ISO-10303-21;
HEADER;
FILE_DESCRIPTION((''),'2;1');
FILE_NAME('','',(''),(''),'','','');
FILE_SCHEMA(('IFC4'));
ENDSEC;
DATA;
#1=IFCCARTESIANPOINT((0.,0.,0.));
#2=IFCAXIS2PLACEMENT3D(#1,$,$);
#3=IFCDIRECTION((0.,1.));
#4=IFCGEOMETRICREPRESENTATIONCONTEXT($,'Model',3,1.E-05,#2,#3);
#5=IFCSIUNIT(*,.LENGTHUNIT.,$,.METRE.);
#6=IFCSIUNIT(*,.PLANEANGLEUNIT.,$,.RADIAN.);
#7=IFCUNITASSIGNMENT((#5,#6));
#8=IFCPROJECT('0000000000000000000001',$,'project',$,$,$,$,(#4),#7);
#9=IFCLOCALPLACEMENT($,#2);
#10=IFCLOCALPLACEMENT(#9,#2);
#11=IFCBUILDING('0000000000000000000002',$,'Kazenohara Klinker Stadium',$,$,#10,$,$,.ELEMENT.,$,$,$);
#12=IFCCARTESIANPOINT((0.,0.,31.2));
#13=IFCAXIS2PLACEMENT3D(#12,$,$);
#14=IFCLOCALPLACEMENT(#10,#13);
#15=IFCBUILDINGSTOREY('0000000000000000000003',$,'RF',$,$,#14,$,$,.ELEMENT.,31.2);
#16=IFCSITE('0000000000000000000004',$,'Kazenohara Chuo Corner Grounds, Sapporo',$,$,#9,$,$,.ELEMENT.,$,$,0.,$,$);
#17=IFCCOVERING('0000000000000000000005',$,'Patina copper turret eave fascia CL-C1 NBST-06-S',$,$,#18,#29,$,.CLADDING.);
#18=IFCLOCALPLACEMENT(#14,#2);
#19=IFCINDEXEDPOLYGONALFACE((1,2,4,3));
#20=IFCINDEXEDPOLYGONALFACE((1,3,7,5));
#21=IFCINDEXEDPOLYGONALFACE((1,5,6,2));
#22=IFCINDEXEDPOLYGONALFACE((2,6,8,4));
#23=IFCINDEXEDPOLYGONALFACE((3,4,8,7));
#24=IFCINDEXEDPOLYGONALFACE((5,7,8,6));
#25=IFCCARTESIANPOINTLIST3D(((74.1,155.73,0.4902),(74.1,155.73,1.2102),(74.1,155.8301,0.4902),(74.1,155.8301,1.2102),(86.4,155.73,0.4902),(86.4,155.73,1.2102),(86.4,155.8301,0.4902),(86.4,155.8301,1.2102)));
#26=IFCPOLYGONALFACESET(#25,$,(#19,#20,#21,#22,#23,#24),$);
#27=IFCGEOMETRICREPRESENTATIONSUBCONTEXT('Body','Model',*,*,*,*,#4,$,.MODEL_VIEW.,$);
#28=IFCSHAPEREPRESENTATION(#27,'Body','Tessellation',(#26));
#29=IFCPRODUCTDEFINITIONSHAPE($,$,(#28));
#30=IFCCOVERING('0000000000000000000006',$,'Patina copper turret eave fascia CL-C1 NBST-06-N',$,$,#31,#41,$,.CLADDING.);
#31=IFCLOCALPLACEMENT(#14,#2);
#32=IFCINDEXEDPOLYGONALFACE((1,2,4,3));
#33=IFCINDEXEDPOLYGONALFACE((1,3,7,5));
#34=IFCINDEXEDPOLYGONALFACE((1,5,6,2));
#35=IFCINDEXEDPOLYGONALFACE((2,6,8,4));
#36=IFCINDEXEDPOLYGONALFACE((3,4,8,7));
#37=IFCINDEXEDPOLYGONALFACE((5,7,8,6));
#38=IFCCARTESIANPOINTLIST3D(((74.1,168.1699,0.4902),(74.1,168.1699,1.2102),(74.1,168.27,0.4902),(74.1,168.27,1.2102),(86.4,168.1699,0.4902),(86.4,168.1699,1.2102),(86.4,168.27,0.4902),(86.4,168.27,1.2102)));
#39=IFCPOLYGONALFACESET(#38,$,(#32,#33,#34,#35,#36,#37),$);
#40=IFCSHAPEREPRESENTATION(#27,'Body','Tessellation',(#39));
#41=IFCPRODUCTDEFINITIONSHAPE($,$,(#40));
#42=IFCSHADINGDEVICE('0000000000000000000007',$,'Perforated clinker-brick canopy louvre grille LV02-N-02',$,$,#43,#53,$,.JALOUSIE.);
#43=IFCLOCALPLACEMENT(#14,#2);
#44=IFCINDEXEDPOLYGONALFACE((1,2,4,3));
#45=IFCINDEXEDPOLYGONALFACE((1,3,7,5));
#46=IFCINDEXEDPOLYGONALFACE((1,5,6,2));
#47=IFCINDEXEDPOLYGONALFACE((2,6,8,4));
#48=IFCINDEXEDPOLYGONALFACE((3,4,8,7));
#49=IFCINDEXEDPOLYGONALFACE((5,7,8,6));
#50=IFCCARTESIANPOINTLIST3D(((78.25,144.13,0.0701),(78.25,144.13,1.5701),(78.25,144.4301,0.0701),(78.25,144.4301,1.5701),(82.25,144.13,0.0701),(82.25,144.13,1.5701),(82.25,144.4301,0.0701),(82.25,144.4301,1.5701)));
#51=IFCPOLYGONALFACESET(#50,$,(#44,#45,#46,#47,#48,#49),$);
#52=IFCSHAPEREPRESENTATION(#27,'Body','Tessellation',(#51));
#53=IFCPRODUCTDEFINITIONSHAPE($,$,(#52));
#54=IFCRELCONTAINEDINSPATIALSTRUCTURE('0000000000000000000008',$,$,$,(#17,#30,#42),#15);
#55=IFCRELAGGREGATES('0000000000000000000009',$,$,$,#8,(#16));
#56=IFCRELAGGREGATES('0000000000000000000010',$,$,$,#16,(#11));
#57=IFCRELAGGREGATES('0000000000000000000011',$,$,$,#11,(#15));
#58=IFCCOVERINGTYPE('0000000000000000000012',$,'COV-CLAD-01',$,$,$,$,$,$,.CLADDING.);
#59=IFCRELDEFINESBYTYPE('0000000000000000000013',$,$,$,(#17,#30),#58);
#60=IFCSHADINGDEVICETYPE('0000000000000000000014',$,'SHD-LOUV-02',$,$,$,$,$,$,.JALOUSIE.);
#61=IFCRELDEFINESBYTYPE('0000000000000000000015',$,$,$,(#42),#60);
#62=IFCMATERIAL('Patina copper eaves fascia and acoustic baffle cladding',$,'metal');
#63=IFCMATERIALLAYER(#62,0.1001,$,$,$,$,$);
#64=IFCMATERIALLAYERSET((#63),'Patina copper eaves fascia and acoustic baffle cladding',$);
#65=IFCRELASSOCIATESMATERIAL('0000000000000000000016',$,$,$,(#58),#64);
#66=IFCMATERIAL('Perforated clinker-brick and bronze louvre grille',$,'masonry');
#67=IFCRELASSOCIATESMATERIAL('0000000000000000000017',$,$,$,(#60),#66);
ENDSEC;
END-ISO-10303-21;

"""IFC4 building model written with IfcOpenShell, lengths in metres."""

from ifc_helpers import new_model, si_unit, direction, frame, origin, origin_2d, place, context, subcontext, project, spatial, rectangle, extrude, material, layer, layer_set, type_object, element, save


model = new_model("IFC4")

# Units and contexts
model_context = context("Model", 3, precision=1e-05, world=origin(), true_north=direction((0.0, 1.0)))
body_context = subcontext(model_context, "Body", "Model", "MODEL_VIEW")
ifc_project = project(units=[si_unit("LENGTHUNIT", "METRE"), si_unit("PLANEANGLEUNIT", "RADIAN")], contexts=[model_context])

# Site, building, storey
site_placement = place(None, origin())
site = spatial("IfcSite", under=ifc_project, at=site_placement, Name="Kazenohara Chuo Corner Grounds, Sapporo", CompositionType="ELEMENT", RefElevation=0.0)
building_placement = place(site_placement, origin())
building = spatial("IfcBuilding", under=site, at=building_placement, Name="Kazenohara Klinker Stadium", CompositionType="ELEMENT")
storey_placement = place(building_placement, frame((0.0, 0.0, 31.2)))
storey = spatial("IfcBuildingStorey", under=building, at=storey_placement, Name="RF", CompositionType="ELEMENT", Elevation=31.2)

# Coverings
ifc_material_1 = material(Name="Patina copper eaves fascia and acoustic baffle cladding", Category="metal")
ifc_layer_1 = layer(ifc_material_1, 0.1001)
ifc_layer_set_1 = layer_set([ifc_layer_1], Name="Patina copper eaves fascia and acoustic baffle cladding")
covering_type = type_object("IfcCoveringType", Name="COV-CLAD-01", PredefinedType="CLADDING", material=ifc_layer_set_1)
for number, where, z_axis, x_axis, name in (
    (1, (80.25, 155.78, 0.4902), (0.0, 0.0, 1.0), (1.0, 0.0, 0.0), "Patina copper turret eave fascia CL-C1 NBST-06-S"),
    (2, (80.25, 168.22, 0.4902), (0.0, 0.0, 1.0), (1.0, 0.0, 0.0), "Patina copper turret eave fascia CL-C1 NBST-06-N"),
):
    element("IfcCovering", number, at=place(storey_placement, frame(where, z_axis=z_axis, x_axis=x_axis)), inside=storey, type_object=covering_type, Name=name, PredefinedType="CLADDING", context=body_context, shape_type="SweptSolid", body=[
        extrude(rectangle(XDim=12.3, YDim=0.1001, at=origin_2d()), origin(), (0.0, 0.0, 1.0), 0.72),
    ])

# Shading device
ifc_material_2 = material(Name="Perforated clinker-brick and bronze louvre grille", Category="masonry")
shading_device_type = type_object("IfcShadingDeviceType", Name="SHD-LOUV-02", PredefinedType="JALOUSIE", material=ifc_material_2)
shading_device_placement = place(storey_placement, frame((80.25, 144.28, 0.0701), z_axis=(0.0, 0.0, 1.0), x_axis=(1.0, 0.0, 0.0)))
element("IfcShadingDevice", 3, at=shading_device_placement, inside=storey, type_object=shading_device_type, Name="Perforated clinker-brick canopy louvre grille LV02-N-02", PredefinedType="JALOUSIE", context=body_context, shape_type="SweptSolid", body=[
    extrude(rectangle(XDim=4.0, YDim=0.3, at=origin_2d()), origin(), (0.0, 0.0, 1.0), 1.5),
])

save(model, "model.ifc")
